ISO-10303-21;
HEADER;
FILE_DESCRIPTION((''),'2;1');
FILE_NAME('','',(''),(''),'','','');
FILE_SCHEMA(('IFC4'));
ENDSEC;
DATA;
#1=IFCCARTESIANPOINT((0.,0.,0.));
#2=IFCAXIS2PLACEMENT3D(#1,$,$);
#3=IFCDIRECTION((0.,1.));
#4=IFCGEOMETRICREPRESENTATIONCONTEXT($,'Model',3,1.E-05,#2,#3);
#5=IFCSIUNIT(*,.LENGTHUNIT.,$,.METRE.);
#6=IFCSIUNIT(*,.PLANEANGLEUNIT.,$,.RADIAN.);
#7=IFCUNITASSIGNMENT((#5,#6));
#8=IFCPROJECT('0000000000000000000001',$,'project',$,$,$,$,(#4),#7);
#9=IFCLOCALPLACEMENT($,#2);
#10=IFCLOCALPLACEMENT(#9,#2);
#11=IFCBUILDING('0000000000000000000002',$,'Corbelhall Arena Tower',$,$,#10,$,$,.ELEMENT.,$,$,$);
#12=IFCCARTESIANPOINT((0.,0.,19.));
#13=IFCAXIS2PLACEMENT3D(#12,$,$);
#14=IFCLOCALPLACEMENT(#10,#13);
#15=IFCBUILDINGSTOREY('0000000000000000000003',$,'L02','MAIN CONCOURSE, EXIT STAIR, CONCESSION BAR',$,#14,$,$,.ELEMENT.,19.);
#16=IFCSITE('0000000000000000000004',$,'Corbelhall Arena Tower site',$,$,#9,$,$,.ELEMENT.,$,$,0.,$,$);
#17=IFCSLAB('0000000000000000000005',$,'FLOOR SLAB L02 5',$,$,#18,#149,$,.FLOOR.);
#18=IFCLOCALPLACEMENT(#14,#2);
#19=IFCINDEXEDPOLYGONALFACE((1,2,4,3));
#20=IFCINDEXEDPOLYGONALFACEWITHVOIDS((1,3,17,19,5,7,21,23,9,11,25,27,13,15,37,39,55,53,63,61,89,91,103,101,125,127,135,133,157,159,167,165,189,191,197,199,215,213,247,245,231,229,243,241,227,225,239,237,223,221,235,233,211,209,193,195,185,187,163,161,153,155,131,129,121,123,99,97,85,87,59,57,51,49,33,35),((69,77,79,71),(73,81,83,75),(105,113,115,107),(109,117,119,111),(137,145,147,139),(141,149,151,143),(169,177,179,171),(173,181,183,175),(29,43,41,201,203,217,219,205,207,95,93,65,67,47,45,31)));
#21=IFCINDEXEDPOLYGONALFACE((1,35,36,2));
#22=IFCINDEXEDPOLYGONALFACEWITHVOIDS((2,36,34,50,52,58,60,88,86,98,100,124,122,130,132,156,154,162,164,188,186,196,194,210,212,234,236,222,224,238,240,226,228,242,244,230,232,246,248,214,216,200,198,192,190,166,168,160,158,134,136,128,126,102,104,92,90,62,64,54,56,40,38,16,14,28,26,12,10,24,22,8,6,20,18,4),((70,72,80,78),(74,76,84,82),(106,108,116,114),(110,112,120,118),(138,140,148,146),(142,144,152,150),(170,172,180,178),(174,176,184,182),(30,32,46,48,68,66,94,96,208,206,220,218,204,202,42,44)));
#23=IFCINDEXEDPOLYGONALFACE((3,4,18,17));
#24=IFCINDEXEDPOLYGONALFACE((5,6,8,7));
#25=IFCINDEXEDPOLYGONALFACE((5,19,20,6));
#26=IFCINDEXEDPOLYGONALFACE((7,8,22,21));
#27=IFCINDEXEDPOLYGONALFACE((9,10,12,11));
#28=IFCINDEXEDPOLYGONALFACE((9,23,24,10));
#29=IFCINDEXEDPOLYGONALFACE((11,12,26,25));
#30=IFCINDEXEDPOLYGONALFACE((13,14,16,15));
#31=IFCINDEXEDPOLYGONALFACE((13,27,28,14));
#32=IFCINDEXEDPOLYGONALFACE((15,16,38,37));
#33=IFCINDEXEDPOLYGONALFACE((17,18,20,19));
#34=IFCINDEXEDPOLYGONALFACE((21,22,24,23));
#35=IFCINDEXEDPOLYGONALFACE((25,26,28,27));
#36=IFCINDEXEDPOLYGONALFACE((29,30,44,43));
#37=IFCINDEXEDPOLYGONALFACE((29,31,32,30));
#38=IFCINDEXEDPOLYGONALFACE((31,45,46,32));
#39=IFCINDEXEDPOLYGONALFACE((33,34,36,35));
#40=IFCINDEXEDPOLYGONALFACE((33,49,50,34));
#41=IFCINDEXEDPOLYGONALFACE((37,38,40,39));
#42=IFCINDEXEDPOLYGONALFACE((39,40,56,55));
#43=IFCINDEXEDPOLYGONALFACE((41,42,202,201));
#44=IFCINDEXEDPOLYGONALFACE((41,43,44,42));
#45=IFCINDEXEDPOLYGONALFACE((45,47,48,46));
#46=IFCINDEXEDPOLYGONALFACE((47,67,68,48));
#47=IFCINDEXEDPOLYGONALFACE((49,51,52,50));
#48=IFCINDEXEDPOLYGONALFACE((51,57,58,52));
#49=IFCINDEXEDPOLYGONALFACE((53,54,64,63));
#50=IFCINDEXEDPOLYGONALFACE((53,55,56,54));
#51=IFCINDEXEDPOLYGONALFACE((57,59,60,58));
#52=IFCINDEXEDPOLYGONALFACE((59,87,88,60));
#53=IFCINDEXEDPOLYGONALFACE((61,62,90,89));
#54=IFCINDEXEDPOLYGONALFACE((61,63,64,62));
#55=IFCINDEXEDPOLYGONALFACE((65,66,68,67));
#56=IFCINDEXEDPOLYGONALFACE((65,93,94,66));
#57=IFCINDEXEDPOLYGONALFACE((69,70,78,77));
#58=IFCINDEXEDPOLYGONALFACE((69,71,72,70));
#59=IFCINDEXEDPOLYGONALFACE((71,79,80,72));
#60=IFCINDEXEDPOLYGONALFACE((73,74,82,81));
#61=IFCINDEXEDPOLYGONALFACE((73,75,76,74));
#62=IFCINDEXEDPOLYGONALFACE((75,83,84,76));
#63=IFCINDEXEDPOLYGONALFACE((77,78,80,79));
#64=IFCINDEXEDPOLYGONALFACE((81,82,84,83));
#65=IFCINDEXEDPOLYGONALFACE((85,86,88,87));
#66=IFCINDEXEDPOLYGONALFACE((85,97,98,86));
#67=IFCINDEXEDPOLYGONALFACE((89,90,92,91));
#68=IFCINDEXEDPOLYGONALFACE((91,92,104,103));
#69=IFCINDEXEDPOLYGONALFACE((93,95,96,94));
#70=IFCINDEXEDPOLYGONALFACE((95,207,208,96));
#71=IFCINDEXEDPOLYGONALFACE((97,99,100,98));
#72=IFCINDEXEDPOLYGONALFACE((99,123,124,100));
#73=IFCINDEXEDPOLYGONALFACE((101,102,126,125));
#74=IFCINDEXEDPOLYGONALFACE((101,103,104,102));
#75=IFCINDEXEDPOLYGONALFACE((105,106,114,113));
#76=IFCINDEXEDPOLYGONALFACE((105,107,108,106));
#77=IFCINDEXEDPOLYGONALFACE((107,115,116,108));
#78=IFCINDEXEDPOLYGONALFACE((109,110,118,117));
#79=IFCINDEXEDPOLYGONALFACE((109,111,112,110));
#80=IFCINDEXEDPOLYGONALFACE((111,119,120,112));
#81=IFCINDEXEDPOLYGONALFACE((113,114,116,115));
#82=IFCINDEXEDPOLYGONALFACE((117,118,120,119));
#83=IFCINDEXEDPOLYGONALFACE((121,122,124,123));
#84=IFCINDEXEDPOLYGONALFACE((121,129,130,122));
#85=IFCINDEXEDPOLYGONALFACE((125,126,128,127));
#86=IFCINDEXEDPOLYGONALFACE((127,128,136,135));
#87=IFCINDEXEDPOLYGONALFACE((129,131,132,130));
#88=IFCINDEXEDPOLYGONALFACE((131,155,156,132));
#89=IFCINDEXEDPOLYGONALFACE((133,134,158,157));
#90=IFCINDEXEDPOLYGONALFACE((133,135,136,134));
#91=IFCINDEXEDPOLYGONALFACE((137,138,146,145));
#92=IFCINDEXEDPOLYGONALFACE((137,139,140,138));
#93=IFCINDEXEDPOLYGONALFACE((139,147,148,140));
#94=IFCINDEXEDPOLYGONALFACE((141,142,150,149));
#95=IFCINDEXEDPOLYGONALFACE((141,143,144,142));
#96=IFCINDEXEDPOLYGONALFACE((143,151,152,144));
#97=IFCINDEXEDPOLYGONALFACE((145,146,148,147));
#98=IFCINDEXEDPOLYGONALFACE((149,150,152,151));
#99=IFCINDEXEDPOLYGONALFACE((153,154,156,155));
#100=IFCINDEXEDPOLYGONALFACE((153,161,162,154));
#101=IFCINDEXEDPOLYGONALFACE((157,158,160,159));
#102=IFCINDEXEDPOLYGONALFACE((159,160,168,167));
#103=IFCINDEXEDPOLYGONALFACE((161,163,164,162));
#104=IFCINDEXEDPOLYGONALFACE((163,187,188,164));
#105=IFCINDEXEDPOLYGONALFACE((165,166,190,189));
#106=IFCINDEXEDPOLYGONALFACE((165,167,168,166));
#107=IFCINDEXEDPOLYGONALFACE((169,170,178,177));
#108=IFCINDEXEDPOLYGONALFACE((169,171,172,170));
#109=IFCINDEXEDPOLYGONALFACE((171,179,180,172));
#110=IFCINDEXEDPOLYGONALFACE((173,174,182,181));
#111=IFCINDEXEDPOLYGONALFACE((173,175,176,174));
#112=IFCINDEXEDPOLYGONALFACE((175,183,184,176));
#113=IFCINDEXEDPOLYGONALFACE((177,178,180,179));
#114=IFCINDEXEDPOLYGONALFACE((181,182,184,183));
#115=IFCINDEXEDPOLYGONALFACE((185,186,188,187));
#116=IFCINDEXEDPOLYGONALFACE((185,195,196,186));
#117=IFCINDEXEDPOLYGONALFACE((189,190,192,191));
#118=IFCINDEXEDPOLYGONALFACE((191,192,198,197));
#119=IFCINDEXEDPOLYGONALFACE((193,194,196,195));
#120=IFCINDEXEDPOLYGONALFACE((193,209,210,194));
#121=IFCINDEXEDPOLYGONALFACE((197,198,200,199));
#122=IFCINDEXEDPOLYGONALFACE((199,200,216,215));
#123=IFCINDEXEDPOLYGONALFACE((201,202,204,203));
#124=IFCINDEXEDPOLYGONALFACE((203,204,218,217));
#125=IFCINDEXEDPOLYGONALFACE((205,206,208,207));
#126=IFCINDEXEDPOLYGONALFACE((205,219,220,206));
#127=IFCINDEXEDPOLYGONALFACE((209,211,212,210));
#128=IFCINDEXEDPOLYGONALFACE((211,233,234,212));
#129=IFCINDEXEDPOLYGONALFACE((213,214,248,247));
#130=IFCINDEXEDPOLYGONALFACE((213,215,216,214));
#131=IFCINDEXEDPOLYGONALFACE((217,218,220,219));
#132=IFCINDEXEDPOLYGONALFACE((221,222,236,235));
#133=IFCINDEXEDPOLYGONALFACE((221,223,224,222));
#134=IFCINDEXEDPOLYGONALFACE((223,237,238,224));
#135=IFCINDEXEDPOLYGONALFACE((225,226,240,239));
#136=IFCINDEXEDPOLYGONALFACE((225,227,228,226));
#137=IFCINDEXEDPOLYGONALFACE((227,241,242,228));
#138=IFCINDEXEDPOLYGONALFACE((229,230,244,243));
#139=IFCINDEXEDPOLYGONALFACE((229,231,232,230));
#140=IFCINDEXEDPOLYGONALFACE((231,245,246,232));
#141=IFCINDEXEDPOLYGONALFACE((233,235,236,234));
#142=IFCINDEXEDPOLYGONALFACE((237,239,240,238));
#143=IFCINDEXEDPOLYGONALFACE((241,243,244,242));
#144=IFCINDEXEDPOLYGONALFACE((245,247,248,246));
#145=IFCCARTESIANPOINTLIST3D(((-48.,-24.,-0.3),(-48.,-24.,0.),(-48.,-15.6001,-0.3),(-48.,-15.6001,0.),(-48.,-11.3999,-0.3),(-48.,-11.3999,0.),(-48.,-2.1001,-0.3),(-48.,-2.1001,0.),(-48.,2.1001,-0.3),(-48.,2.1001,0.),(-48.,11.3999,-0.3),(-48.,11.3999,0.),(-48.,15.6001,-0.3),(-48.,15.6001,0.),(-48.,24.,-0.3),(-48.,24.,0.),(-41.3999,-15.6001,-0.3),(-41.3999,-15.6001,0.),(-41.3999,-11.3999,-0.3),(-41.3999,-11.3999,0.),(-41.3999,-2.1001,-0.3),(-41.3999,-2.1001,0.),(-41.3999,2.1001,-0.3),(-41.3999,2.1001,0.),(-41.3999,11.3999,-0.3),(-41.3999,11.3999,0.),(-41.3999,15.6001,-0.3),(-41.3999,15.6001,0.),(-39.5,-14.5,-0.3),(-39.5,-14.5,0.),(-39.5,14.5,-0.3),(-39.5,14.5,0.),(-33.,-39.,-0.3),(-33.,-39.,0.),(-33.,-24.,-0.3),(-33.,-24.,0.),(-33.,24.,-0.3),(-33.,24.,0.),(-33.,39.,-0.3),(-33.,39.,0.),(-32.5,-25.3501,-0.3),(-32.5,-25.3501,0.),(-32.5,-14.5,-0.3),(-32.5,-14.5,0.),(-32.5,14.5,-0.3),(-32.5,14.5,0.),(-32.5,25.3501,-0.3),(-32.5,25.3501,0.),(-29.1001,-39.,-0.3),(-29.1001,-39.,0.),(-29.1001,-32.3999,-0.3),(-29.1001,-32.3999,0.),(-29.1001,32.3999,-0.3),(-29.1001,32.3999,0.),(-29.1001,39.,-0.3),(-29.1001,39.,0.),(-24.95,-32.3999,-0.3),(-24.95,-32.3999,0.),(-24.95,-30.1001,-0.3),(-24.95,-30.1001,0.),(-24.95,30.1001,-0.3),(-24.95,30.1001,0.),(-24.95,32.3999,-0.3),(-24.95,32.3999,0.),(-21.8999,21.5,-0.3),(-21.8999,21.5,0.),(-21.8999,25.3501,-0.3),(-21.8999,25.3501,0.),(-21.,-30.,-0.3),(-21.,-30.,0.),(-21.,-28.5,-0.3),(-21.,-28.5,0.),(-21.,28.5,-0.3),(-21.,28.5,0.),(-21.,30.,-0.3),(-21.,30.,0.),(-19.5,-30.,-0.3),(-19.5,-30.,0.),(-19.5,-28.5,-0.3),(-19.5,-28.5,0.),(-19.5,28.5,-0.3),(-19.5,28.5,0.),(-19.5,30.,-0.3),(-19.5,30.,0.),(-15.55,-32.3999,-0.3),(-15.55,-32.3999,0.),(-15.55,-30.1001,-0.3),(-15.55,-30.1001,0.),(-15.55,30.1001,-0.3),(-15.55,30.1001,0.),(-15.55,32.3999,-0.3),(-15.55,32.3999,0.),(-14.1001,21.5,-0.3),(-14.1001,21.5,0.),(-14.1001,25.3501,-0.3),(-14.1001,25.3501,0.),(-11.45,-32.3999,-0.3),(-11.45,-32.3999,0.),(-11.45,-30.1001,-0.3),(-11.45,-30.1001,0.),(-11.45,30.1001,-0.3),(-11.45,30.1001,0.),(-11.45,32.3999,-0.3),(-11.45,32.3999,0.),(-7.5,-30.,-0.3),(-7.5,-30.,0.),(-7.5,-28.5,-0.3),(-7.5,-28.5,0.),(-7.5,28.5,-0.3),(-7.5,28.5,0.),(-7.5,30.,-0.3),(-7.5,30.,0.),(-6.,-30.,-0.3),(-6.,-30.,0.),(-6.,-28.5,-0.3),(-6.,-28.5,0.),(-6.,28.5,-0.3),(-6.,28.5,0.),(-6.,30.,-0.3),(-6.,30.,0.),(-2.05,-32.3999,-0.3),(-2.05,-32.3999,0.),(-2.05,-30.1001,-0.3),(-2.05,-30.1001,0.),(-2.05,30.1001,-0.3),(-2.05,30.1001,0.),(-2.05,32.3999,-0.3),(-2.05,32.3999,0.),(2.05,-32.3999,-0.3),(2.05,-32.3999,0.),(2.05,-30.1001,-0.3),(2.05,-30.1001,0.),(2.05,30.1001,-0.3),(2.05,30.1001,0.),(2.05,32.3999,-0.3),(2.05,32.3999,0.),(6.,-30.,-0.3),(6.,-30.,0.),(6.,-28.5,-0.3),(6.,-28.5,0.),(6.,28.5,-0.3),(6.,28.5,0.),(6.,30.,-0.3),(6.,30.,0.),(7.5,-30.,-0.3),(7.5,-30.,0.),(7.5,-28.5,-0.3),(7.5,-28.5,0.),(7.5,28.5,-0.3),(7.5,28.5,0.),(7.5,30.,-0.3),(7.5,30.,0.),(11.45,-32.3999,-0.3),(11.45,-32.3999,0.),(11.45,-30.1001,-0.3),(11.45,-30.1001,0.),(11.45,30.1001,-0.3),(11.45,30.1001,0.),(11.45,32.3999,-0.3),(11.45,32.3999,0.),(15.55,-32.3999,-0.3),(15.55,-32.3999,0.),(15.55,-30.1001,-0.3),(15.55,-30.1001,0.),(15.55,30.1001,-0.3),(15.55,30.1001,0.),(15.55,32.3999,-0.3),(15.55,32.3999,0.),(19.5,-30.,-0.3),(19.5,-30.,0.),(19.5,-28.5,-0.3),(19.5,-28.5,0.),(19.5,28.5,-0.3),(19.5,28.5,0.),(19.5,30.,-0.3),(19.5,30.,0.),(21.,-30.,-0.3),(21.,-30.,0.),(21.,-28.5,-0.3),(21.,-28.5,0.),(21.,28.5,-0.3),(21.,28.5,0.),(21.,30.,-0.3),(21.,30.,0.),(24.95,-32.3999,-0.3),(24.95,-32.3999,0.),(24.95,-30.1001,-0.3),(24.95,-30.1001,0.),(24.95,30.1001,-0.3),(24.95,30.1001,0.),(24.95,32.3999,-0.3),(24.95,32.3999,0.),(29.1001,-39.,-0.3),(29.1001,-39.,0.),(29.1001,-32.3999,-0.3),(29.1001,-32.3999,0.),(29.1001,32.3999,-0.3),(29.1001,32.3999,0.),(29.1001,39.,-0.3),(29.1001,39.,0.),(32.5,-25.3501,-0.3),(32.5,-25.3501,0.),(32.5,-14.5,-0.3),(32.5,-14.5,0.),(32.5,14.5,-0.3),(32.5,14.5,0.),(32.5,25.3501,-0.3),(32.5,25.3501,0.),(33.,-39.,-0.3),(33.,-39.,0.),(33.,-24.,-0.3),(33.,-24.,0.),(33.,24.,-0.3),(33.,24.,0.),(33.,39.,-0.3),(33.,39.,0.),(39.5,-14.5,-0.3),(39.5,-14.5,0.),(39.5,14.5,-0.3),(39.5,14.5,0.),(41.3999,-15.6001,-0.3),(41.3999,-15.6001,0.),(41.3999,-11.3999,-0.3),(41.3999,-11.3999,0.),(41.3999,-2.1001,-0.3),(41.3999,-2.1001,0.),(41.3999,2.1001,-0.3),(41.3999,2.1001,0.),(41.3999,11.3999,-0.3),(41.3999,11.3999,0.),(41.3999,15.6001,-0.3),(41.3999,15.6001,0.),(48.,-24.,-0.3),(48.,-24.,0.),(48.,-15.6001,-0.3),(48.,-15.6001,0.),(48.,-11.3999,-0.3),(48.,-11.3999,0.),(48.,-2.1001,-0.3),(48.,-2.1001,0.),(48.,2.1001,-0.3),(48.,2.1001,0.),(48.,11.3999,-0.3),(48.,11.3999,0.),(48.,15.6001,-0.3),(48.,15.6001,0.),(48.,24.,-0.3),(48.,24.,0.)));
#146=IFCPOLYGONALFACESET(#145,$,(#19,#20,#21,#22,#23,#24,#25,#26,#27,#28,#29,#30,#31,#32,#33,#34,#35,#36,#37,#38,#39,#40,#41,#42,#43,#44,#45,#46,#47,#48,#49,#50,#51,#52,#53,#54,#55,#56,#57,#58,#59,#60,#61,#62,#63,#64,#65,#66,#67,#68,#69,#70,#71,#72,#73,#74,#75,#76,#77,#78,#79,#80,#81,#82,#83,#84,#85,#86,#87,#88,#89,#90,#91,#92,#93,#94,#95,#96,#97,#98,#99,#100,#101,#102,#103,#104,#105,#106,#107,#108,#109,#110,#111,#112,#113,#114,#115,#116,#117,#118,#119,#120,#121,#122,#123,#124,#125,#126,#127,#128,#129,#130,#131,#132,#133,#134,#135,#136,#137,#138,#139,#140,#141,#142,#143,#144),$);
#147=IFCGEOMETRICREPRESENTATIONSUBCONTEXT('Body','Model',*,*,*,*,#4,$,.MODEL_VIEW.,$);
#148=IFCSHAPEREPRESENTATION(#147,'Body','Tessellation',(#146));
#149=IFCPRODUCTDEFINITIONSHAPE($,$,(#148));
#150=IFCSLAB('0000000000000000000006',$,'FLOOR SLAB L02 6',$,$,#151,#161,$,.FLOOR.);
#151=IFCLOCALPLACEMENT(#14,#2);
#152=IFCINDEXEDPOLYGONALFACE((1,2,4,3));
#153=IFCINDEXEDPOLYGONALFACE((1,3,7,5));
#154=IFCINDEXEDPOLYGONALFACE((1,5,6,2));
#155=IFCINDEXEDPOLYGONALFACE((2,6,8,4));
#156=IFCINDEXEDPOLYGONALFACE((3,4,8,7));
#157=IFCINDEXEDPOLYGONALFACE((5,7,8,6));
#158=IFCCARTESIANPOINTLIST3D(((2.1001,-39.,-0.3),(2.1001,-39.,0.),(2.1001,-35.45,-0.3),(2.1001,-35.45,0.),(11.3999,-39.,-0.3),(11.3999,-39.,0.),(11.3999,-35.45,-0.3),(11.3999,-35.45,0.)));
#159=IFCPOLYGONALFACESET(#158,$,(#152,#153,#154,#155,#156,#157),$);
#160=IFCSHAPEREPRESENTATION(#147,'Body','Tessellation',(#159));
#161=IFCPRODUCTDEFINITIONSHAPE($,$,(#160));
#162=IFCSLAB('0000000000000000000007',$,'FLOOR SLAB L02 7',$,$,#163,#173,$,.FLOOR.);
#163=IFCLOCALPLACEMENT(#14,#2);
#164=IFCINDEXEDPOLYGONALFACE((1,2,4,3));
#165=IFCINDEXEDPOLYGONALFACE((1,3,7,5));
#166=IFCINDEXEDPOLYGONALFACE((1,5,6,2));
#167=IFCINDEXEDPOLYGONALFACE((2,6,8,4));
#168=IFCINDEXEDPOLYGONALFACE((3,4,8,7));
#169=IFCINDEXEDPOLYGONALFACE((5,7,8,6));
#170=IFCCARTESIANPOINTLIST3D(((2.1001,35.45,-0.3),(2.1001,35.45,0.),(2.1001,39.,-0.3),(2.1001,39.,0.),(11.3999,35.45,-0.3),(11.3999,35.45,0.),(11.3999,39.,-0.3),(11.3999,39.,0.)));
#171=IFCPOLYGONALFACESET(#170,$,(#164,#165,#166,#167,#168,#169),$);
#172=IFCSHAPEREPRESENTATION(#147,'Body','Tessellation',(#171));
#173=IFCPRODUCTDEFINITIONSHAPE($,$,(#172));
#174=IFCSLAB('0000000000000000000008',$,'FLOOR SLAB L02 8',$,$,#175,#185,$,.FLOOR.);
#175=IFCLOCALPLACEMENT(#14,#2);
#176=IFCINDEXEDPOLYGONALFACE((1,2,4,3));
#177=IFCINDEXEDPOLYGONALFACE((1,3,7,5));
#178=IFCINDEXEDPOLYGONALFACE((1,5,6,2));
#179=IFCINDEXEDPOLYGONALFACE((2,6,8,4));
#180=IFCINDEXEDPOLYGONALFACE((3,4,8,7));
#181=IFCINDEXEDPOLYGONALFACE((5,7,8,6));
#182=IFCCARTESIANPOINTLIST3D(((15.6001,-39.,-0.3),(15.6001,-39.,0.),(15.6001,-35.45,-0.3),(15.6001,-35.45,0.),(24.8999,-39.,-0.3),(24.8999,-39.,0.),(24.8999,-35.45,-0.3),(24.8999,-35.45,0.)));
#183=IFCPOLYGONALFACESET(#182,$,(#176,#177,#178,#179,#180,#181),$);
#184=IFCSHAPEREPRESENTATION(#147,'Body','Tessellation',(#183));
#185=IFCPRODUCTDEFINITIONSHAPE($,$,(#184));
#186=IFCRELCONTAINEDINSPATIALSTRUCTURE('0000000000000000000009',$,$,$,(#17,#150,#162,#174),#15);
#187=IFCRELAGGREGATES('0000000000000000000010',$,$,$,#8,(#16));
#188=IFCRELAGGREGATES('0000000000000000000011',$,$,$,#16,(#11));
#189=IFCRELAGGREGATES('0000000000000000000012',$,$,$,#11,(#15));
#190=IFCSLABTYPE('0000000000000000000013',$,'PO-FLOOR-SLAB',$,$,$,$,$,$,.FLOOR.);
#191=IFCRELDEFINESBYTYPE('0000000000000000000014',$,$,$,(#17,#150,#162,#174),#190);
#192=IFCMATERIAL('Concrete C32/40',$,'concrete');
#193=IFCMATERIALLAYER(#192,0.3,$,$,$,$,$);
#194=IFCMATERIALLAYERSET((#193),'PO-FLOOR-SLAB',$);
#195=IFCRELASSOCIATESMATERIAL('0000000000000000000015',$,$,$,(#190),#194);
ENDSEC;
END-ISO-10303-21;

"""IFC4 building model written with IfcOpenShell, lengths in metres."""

from ifc_helpers import new_model, si_unit, direction, frame, origin, place, context, subcontext, project, spatial, polyline, outline, extrude, material, layer, layer_set, type_object, element, save


model = new_model("IFC4")

# Units and contexts
model_context = context("Model", 3, precision=1e-05, world=origin(), true_north=direction((0.0, 1.0)))
body_context = subcontext(model_context, "Body", "Model", "MODEL_VIEW")
ifc_project = project(units=[si_unit("LENGTHUNIT", "METRE"), si_unit("PLANEANGLEUNIT", "RADIAN")], contexts=[model_context])

# Site, building, storey
site_placement = place(None, origin())
site = spatial("IfcSite", under=ifc_project, at=site_placement, Name="Corbelhall Arena Tower site", CompositionType="ELEMENT", RefElevation=0.0)
building_placement = place(site_placement, origin())
building = spatial("IfcBuilding", under=site, at=building_placement, Name="Corbelhall Arena Tower", CompositionType="ELEMENT")
storey_placement = place(building_placement, frame((0.0, 0.0, 19.0)))
storey = spatial("IfcBuildingStorey", under=building, at=storey_placement, Name="L02", Description="MAIN CONCOURSE, EXIT STAIR, CONCESSION BAR", CompositionType="ELEMENT", Elevation=19.0)

# Slabs
ifc_material_1 = material(Name="Concrete C32/40", Category="concrete")
ifc_layer_1 = layer(ifc_material_1, 0.3)
ifc_layer_set_1 = layer_set([ifc_layer_1], Name="PO-FLOOR-SLAB")
slab_type_1 = type_object("IfcSlabType", Name="PO-FLOOR-SLAB", PredefinedType="FLOOR", material=ifc_layer_set_1)
slab_1_placement = place(storey_placement, frame((0.0, 0.0, -0.3)))
element("IfcSlab", 1, at=slab_1_placement, inside=storey, type_object=slab_type_1, Name="FLOOR SLAB L02 5", PredefinedType="FLOOR", context=body_context, shape_type="SweptSolid", body=[
    extrude(outline(polyline([(48.0, -24.0), (33.0, -24.0), (33.0, -39.0), (29.1001, -39.0), (29.1001, -32.3999), (24.95, -32.3999), (24.95, -30.1001), (15.55, -30.1001), (15.55, -32.3999), (11.45, -32.3999), (11.45, -30.1001), (2.05, -30.1001), (2.05, -32.3999), (-2.05, -32.3999), (-2.05, -30.1001), (-11.45, -30.1001), (-11.45, -32.3999), (-15.55, -32.3999), (-15.55, -30.1001), (-24.95, -30.1001), (-24.95, -32.3999), (-29.1001, -32.3999), (-29.1001, -39.0), (-33.0, -39.0), (-33.0, -24.0), (-48.0, -24.0), (-48.0, -15.6001), (-41.3999, -15.6001), (-41.3999, -11.3999), (-48.0, -11.3999), (-48.0, -2.1001), (-41.3999, -2.1001), (-41.3999, 2.1001), (-48.0, 2.1001), (-48.0, 11.3999), (-41.3999, 11.3999), (-41.3999, 15.6001), (-48.0, 15.6001), (-48.0, 24.0), (-33.0, 24.0), (-33.0, 39.0), (-29.1001, 39.0), (-29.1001, 32.3999), (-24.95, 32.3999), (-24.95, 30.1001), (-15.55, 30.1001), (-15.55, 32.3999), (-11.45, 32.3999), (-11.45, 30.1001), (-2.05, 30.1001), (-2.05, 32.3999), (2.05, 32.3999), (2.05, 30.1001), (11.45, 30.1001), (11.45, 32.3999), (15.55, 32.3999), (15.55, 30.1001), (24.95, 30.1001), (24.95, 32.3999), (29.1001, 32.3999), (29.1001, 39.0), (33.0, 39.0), (33.0, 24.0), (48.0, 24.0), (48.0, 15.6001), (41.3999, 15.6001), (41.3999, 11.3999), (48.0, 11.3999), (48.0, 2.1001), (41.3999, 2.1001), (41.3999, -2.1001), (48.0, -2.1001), (48.0, -11.3999), (41.3999, -11.3999), (41.3999, -15.6001), (48.0, -15.6001), (48.0, -24.0)]), holes=[polyline([(-19.5, -30.0), (-19.5, -28.5), (-21.0, -28.5), (-21.0, -30.0), (-19.5, -30.0)]), polyline([(-7.5, -30.0), (-6.0, -30.0), (-6.0, -28.5), (-7.5, -28.5), (-7.5, -30.0)]), polyline([(-19.5, 28.5), (-19.5, 30.0), (-21.0, 30.0), (-21.0, 28.5), (-19.5, 28.5)]), polyline([(-6.0, 28.5), (-6.0, 30.0), (-7.5, 30.0), (-7.5, 28.5), (-6.0, 28.5)]), polyline([(21.0, -30.0), (21.0, -28.5), (19.5, -28.5), (19.5, -30.0), (21.0, -30.0)]), polyline([(6.0, -30.0), (7.5, -30.0), (7.5, -28.5), (6.0, -28.5), (6.0, -30.0)]), polyline([(-32.5, 14.5), (-39.5, 14.5), (-39.5, -14.5), (-32.5, -14.5), (-32.5, -25.3501), (32.5, -25.3501), (32.5, -14.5), (39.5, -14.5), (39.5, 14.5), (32.5, 14.5), (32.5, 25.3501), (-14.1001, 25.3501), (-14.1001, 21.5), (-21.8999, 21.5), (-21.8999, 25.3501), (-32.5, 25.3501), (-32.5, 14.5)]), polyline([(6.0, 28.5), (7.5, 28.5), (7.5, 30.0), (6.0, 30.0), (6.0, 28.5)]), polyline([(19.5, 28.5), (21.0, 28.5), (21.0, 30.0), (19.5, 30.0), (19.5, 28.5)])]), origin(), (0.0, 0.0, 1.0), 0.3),
])
slab_2_placement = place(storey_placement, frame((0.0, 0.0, -0.3)))
element("IfcSlab", 2, at=slab_2_placement, inside=storey, type_object=slab_type_1, Name="FLOOR SLAB L02 6", PredefinedType="FLOOR", context=body_context, shape_type="SweptSolid", body=[
    extrude(outline(polyline([(2.1001, -39.0), (2.1001, -35.45), (11.3999, -35.45), (11.3999, -39.0), (2.1001, -39.0)])), origin(), (0.0, 0.0, 1.0), 0.3),
])
slab_3_placement = place(storey_placement, frame((0.0, 0.0, -0.3)))
element("IfcSlab", 3, at=slab_3_placement, inside=storey, type_object=slab_type_1, Name="FLOOR SLAB L02 7", PredefinedType="FLOOR", context=body_context, shape_type="SweptSolid", body=[
    extrude(outline(polyline([(11.3999, 39.0), (11.3999, 35.45), (2.1001, 35.45), (2.1001, 39.0), (11.3999, 39.0)])), origin(), (0.0, 0.0, 1.0), 0.3),
])
slab_4_placement = place(storey_placement, frame((0.0, 0.0, -0.3)))
element("IfcSlab", 4, at=slab_4_placement, inside=storey, type_object=slab_type_1, Name="FLOOR SLAB L02 8", PredefinedType="FLOOR", context=body_context, shape_type="SweptSolid", body=[
    extrude(outline(polyline([(15.6001, -39.0), (15.6001, -35.45), (24.8999, -35.45), (24.8999, -39.0), (15.6001, -39.0)])), origin(), (0.0, 0.0, 1.0), 0.3),
])

save(model, "model.ifc")
